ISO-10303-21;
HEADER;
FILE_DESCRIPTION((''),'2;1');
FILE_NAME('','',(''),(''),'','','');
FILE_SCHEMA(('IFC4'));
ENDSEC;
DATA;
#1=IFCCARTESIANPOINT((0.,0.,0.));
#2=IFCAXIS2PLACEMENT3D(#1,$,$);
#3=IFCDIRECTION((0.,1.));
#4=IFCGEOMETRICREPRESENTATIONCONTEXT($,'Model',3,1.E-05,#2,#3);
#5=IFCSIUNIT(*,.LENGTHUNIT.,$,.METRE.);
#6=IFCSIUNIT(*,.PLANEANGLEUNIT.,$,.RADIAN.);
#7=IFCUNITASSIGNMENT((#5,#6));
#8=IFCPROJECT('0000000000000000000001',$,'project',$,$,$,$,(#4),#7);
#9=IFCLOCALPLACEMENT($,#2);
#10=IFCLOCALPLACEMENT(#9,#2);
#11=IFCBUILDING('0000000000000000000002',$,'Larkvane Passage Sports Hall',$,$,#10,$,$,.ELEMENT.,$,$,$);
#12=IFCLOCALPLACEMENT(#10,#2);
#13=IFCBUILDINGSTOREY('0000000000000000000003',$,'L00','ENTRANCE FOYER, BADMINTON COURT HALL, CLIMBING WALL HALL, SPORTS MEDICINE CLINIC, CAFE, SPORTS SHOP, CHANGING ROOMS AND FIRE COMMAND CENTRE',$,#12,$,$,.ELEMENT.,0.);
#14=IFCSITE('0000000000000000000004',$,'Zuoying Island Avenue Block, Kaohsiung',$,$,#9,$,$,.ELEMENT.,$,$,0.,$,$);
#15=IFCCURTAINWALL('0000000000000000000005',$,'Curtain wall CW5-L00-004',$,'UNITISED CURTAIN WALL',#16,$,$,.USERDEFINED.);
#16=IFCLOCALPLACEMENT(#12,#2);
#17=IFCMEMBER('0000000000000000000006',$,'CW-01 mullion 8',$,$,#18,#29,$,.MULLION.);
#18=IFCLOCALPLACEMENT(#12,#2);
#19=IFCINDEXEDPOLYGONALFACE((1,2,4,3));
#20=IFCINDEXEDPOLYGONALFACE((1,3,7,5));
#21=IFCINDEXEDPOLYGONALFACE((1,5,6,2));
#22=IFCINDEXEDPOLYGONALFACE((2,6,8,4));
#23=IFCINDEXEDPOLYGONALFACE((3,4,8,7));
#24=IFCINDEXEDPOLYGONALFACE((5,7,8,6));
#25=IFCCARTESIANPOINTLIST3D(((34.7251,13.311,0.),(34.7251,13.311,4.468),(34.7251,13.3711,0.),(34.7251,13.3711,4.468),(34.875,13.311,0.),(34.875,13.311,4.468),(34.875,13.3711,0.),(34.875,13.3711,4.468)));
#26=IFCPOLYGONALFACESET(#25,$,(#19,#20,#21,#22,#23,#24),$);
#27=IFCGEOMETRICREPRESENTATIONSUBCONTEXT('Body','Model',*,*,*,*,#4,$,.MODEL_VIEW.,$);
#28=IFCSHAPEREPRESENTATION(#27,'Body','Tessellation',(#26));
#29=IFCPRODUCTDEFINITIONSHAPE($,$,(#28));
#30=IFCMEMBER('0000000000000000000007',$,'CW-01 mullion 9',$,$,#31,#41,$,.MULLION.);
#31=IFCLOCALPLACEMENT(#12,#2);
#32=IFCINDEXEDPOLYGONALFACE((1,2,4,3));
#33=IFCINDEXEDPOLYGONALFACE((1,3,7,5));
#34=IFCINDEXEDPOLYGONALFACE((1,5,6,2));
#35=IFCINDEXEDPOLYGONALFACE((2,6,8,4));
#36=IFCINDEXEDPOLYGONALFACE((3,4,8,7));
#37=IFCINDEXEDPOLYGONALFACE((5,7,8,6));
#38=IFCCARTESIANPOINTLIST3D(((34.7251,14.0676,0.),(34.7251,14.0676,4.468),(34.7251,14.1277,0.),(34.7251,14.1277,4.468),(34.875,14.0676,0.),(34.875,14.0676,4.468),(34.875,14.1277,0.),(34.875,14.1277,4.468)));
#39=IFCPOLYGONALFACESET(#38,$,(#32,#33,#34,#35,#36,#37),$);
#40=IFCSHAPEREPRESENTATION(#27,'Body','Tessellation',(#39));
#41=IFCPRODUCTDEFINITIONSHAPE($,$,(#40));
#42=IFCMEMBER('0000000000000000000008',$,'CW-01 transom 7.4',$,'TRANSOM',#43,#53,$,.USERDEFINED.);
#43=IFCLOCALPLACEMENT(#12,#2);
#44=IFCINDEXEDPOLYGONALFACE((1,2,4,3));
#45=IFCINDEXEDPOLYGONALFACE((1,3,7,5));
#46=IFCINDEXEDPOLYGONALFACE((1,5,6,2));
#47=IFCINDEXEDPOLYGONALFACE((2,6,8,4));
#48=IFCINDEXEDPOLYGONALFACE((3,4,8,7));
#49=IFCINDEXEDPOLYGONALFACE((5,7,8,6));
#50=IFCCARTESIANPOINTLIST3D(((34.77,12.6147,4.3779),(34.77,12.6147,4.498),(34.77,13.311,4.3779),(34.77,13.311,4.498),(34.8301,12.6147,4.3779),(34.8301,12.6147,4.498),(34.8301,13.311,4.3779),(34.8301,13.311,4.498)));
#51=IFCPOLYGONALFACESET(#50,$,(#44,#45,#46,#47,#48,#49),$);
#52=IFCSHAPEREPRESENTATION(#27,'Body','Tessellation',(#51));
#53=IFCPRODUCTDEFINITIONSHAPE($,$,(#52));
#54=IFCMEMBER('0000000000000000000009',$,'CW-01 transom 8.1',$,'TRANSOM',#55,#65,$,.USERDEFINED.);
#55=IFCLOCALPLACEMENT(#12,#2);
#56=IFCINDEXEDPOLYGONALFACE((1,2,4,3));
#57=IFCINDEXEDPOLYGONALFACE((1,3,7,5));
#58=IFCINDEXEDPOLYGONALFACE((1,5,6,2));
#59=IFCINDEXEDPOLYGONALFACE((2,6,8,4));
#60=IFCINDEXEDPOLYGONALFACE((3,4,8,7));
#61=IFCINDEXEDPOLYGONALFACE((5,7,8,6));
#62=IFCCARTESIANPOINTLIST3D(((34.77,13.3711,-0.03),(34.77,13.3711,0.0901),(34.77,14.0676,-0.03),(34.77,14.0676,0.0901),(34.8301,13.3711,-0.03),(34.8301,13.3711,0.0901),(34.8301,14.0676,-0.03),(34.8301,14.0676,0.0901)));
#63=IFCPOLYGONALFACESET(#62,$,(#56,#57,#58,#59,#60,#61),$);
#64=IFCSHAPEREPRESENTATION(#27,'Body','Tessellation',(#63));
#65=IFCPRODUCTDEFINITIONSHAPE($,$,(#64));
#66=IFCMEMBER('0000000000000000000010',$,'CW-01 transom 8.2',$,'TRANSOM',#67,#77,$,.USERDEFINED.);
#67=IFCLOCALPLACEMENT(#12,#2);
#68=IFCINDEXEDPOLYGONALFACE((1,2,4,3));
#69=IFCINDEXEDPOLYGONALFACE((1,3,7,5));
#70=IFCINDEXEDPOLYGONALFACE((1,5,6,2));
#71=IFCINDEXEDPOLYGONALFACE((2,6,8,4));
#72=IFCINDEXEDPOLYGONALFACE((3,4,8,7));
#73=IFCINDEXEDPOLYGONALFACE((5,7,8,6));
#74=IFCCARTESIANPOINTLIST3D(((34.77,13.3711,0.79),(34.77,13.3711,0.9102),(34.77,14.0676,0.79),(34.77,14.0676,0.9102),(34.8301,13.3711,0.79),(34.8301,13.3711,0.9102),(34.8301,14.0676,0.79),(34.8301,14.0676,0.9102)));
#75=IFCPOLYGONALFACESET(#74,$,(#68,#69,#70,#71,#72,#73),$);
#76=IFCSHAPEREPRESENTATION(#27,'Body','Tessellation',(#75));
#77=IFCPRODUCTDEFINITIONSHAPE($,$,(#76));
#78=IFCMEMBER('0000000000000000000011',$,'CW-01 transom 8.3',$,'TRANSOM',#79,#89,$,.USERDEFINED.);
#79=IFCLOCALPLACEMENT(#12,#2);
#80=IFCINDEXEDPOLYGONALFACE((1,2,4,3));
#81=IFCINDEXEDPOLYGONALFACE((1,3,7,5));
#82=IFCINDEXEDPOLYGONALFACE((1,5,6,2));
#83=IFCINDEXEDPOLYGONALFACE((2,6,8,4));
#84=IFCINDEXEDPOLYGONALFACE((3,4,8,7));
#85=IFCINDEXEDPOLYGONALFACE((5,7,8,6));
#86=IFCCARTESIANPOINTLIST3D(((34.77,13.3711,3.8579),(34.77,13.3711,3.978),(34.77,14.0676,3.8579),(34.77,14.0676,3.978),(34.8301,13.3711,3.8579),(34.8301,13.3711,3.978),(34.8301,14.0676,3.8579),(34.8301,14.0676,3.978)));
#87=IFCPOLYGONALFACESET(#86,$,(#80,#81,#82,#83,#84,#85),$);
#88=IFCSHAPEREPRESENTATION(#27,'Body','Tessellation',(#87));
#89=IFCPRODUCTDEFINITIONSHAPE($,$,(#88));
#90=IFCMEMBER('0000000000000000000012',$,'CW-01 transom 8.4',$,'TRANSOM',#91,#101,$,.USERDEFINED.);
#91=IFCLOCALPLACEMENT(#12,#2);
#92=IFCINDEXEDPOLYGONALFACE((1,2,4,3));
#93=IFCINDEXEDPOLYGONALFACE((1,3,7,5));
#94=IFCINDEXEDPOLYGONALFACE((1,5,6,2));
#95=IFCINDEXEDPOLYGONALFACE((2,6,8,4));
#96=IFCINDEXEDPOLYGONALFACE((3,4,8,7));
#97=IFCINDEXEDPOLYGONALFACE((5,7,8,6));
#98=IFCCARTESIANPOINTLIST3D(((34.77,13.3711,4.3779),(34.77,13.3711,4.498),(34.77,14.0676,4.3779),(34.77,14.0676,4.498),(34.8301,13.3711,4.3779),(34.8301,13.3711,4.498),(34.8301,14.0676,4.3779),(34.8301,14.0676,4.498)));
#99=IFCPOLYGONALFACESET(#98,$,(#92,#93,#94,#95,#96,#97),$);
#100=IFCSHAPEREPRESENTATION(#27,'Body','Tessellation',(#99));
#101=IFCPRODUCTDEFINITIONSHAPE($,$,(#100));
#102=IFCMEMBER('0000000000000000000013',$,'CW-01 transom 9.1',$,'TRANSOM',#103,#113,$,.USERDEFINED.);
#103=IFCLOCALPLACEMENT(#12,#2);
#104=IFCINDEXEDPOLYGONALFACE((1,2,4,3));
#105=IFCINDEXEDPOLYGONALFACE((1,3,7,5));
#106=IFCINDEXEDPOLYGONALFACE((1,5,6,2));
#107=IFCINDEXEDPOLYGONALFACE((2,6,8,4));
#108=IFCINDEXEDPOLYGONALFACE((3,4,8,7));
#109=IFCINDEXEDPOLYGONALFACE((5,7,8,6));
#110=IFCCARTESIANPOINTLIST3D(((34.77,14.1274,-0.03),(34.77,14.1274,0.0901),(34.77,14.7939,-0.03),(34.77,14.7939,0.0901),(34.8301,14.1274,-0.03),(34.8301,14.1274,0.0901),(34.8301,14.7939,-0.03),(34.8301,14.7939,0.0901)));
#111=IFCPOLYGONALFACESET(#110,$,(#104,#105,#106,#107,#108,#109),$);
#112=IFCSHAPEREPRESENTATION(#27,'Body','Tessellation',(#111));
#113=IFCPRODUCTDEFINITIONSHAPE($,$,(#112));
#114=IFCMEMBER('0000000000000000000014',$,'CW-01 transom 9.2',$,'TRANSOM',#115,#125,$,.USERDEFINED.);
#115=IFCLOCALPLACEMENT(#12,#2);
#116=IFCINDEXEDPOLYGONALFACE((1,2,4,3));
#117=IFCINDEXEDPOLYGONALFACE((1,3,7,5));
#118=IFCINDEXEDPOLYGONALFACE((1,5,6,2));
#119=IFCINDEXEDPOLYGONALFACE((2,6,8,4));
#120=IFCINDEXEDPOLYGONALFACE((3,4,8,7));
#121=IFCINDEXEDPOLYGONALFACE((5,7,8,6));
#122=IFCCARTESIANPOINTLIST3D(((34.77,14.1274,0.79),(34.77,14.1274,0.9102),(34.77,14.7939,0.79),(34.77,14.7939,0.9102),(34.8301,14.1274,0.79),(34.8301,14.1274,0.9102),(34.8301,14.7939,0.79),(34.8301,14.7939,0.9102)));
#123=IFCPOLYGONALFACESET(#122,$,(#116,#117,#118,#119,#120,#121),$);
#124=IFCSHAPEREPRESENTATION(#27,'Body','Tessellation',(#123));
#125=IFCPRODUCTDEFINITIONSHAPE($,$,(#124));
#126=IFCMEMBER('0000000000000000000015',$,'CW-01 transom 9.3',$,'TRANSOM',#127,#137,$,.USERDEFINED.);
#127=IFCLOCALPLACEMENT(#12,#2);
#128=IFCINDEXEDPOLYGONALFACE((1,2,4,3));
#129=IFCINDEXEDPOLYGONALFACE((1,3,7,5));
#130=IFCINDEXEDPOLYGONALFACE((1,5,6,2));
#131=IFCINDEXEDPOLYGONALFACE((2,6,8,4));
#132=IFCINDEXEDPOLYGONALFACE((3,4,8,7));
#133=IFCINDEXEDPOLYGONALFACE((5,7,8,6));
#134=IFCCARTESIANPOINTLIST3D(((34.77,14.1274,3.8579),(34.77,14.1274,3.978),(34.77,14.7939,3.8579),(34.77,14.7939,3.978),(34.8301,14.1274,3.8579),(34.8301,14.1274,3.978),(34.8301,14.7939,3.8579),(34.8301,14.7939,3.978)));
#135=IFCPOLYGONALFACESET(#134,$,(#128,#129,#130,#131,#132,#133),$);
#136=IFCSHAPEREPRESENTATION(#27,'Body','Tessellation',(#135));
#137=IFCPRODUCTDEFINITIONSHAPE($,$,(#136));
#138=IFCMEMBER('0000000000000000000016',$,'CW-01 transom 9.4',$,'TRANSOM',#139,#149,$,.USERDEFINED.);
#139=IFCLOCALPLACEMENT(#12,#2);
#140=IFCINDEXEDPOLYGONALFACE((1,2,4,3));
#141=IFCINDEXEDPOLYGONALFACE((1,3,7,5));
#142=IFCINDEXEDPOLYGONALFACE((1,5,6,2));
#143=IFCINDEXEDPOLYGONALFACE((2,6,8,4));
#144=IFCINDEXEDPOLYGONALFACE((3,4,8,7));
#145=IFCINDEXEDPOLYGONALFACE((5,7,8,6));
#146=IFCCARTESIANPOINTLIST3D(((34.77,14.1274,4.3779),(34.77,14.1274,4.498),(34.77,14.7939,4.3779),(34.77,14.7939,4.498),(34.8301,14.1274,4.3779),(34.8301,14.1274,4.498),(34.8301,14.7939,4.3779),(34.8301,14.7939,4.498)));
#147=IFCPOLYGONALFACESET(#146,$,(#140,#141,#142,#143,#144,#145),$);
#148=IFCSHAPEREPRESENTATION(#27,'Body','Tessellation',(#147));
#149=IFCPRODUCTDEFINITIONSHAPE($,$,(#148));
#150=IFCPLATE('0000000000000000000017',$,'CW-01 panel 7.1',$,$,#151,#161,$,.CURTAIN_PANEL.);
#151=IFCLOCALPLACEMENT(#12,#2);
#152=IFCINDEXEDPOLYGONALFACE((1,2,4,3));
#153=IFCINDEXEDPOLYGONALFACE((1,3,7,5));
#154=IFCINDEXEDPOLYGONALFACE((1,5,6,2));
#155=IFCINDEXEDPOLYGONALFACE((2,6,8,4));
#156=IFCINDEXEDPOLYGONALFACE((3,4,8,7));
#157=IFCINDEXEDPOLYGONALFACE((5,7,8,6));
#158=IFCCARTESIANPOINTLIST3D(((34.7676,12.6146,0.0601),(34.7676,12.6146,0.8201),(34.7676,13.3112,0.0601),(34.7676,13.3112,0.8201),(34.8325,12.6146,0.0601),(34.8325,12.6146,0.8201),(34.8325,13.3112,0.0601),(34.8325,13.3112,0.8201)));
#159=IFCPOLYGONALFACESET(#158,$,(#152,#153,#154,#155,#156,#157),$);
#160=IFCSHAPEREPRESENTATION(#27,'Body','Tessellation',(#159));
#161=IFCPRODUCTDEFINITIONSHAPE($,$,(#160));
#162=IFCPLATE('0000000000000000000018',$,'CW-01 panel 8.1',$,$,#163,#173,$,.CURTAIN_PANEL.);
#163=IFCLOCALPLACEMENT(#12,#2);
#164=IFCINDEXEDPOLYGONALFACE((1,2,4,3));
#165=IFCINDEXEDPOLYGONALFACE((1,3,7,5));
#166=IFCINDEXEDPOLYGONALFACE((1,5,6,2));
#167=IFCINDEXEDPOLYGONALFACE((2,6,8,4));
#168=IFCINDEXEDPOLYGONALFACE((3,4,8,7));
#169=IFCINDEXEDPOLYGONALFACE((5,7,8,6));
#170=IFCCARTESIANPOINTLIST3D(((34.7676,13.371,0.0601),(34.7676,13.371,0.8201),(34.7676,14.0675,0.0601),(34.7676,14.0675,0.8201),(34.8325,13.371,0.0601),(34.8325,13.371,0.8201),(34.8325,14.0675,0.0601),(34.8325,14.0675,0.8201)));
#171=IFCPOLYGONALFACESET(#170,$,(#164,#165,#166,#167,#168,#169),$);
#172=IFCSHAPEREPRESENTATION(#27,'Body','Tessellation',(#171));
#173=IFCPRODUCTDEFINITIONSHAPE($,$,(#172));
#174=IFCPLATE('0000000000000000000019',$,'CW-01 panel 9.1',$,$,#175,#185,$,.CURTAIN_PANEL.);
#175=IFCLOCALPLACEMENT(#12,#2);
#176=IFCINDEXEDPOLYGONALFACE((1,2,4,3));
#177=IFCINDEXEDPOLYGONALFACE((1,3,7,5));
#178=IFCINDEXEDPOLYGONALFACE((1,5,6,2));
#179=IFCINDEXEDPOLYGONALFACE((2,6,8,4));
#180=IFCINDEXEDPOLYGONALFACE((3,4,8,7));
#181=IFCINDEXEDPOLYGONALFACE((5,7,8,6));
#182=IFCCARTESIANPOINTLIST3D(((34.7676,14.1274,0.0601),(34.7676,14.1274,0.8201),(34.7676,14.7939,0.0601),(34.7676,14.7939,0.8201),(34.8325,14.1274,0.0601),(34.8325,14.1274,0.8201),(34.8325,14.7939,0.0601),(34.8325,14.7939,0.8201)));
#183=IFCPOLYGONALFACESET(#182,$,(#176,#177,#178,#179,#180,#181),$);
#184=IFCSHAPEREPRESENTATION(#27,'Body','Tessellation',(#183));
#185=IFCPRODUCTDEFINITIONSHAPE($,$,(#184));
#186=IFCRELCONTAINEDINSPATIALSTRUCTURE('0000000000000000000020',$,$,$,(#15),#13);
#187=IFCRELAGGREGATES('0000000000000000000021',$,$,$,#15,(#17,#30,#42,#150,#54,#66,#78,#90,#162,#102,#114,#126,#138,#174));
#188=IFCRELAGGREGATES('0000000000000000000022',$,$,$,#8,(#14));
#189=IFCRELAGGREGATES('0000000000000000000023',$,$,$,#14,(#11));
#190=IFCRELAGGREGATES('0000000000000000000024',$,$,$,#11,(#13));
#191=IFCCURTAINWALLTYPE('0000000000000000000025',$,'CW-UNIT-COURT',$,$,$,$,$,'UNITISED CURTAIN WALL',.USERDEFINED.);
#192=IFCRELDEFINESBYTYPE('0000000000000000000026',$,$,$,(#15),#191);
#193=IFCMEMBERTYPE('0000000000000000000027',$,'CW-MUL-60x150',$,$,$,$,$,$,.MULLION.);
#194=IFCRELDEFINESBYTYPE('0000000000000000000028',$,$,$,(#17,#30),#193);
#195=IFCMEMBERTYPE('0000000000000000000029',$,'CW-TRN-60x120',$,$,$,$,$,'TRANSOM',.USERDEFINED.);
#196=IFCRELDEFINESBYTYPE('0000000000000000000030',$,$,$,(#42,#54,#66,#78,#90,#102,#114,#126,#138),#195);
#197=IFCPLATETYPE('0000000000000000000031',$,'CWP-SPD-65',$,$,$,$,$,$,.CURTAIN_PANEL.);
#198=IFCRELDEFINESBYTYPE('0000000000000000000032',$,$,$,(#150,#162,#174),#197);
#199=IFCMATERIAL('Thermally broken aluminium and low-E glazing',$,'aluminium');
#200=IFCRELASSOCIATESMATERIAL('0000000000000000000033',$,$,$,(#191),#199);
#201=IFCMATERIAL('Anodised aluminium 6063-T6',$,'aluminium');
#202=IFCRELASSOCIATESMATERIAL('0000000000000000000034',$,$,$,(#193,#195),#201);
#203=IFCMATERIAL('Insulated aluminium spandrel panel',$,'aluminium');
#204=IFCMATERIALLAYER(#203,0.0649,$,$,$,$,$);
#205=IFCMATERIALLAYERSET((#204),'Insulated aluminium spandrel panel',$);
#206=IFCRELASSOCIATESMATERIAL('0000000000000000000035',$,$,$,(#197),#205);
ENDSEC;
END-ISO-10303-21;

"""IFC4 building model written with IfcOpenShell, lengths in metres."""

from ifc_helpers import new_model, si_unit, direction, frame, origin, origin_2d, place, context, subcontext, project, spatial, rectangle, extrude, material, layer, layer_set, material_profile, profile_set, type_object, element, aggregate, save


model = new_model("IFC4")

# Units and contexts
model_context = context("Model", 3, precision=1e-05, world=origin(), true_north=direction((0.0, 1.0)))
body_context = subcontext(model_context, "Body", "Model", "MODEL_VIEW")
ifc_project = project(units=[si_unit("LENGTHUNIT", "METRE"), si_unit("PLANEANGLEUNIT", "RADIAN")], contexts=[model_context])

# Site, building, storey
site_placement = place(None, origin())
site = spatial("IfcSite", under=ifc_project, at=site_placement, Name="Zuoying Island Avenue Block, Kaohsiung", CompositionType="ELEMENT", RefElevation=0.0)
building_placement = place(site_placement, origin())
building = spatial("IfcBuilding", under=site, at=building_placement, Name="Larkvane Passage Sports Hall", CompositionType="ELEMENT")
storey_placement = place(building_placement, origin())
storey = spatial("IfcBuildingStorey", under=building, at=storey_placement, Name="L00", Description="ENTRANCE FOYER, BADMINTON COURT HALL, CLIMBING WALL HALL, SPORTS MEDICINE CLINIC, CAFE, SPORTS SHOP, CHANGING ROOMS AND FIRE COMMAND CENTRE", CompositionType="ELEMENT", Elevation=0.0)

# Curtain wall, members, plates
ifc_material_1 = material(Name="Thermally broken aluminium and low-E glazing", Category="aluminium")
curtain_wall_type = type_object("IfcCurtainWallType", Name="CW-UNIT-COURT", ElementType="UNITISED CURTAIN WALL", PredefinedType="USERDEFINED", material=ifc_material_1)
curtain_wall_placement = place(storey_placement, origin())
curtain_wall = element("IfcCurtainWall", 1, at=curtain_wall_placement, inside=storey, type_object=curtain_wall_type, Name="Curtain wall CW5-L00-004", ObjectType="UNITISED CURTAIN WALL", PredefinedType="USERDEFINED")
ifc_material_2 = material(Name="Anodised aluminium 6063-T6", Category="aluminium")
ifc_material_profile_1 = material_profile(ifc_material_2, rectangle(XDim=0.0601, YDim=0.1499, at=origin_2d()), Name="ALU-MUL-60x150")
ifc_profile_set_1 = profile_set([ifc_material_profile_1], Name="Anodised aluminium 6063-T6")
member_type_1 = type_object("IfcMemberType", Name="CW-MUL-60x150", PredefinedType="MULLION", material=ifc_profile_set_1)
member_1_placement = place(storey_placement, frame((34.8, 13.3411, 0.0), z_axis=(0.0, 0.0, 1.0), x_axis=(0.0, 1.0, 0.0)))
member_1 = element("IfcMember", 2, at=member_1_placement, type_object=member_type_1, Name="CW-01 mullion 8", PredefinedType="MULLION", context=body_context, shape_type="SweptSolid", body=[
    extrude(rectangle(XDim=0.0601, YDim=0.1499, at=origin_2d()), origin(), (0.0, 0.0, 1.0), 4.468),
])
member_2_placement = place(storey_placement, frame((34.8, 14.0977, 0.0), z_axis=(0.0, 0.0, 1.0), x_axis=(0.0, 1.0, 0.0)))
member_2 = element("IfcMember", 3, at=member_2_placement, type_object=member_type_1, Name="CW-01 mullion 9", PredefinedType="MULLION", context=body_context, shape_type="SweptSolid", body=[
    extrude(rectangle(XDim=0.0601, YDim=0.1499, at=origin_2d()), origin(), (0.0, 0.0, 1.0), 4.468),
])
ifc_material_profile_2 = material_profile(ifc_material_2, rectangle(XDim=0.0601, YDim=0.1201, at=origin_2d()), Name="ALU-TRN-60x120")
ifc_profile_set_2 = profile_set([ifc_material_profile_2], Name="Anodised aluminium 6063-T6")
member_type_2 = type_object("IfcMemberType", Name="CW-TRN-60x120", ElementType="TRANSOM", PredefinedType="USERDEFINED", material=ifc_profile_set_2)
member_3_placement = place(storey_placement, frame((34.8, 12.6147, 4.438), z_axis=(0.0, 1.0, 0.0), x_axis=(-1.0, 0.0, 0.0)))
member_3 = element("IfcMember", 4, at=member_3_placement, type_object=member_type_2, Name="CW-01 transom 7.4", ObjectType="TRANSOM", PredefinedType="USERDEFINED", context=body_context, shape_type="SweptSolid", body=[
    extrude(rectangle(XDim=0.0601, YDim=0.1201, at=origin_2d()), origin(), (0.0, 0.0, 1.0), 0.6963),
])
member_4_placement = place(storey_placement, frame((34.8, 13.3711, 0.03), z_axis=(0.0, 1.0, 0.0), x_axis=(-1.0, 0.0, 0.0)))
member_4 = element("IfcMember", 5, at=member_4_placement, type_object=member_type_2, Name="CW-01 transom 8.1", ObjectType="TRANSOM", PredefinedType="USERDEFINED", context=body_context, shape_type="SweptSolid", body=[
    extrude(rectangle(XDim=0.0601, YDim=0.1201, at=origin_2d()), origin(), (0.0, 0.0, 1.0), 0.6965),
])
member_5_placement = place(storey_placement, frame((34.8, 13.3711, 0.8501), z_axis=(0.0, 1.0, 0.0), x_axis=(-1.0, 0.0, 0.0)))
member_5 = element("IfcMember", 6, at=member_5_placement, type_object=member_type_2, Name="CW-01 transom 8.2", ObjectType="TRANSOM", PredefinedType="USERDEFINED", context=body_context, shape_type="SweptSolid", body=[
    extrude(rectangle(XDim=0.0601, YDim=0.1201, at=origin_2d()), origin(), (0.0, 0.0, 1.0), 0.6965),
])
member_6_placement = place(storey_placement, frame((34.8, 13.3711, 3.918), z_axis=(0.0, 1.0, 0.0), x_axis=(-1.0, 0.0, 0.0)))
member_6 = element("IfcMember", 7, at=member_6_placement, type_object=member_type_2, Name="CW-01 transom 8.3", ObjectType="TRANSOM", PredefinedType="USERDEFINED", context=body_context, shape_type="SweptSolid", body=[
    extrude(rectangle(XDim=0.0601, YDim=0.1201, at=origin_2d()), origin(), (0.0, 0.0, 1.0), 0.6965),
])
member_7_placement = place(storey_placement, frame((34.8, 13.3711, 4.438), z_axis=(0.0, 1.0, 0.0), x_axis=(-1.0, 0.0, 0.0)))
member_7 = element("IfcMember", 8, at=member_7_placement, type_object=member_type_2, Name="CW-01 transom 8.4", ObjectType="TRANSOM", PredefinedType="USERDEFINED", context=body_context, shape_type="SweptSolid", body=[
    extrude(rectangle(XDim=0.0601, YDim=0.1201, at=origin_2d()), origin(), (0.0, 0.0, 1.0), 0.6965),
])
member_8_placement = place(storey_placement, frame((34.8, 14.1274, 0.03), z_axis=(0.0, 1.0, 0.0), x_axis=(-1.0, 0.0, 0.0)))
member_8 = element("IfcMember", 9, at=member_8_placement, type_object=member_type_2, Name="CW-01 transom 9.1", ObjectType="TRANSOM", PredefinedType="USERDEFINED", context=body_context, shape_type="SweptSolid", body=[
    extrude(rectangle(XDim=0.0601, YDim=0.1201, at=origin_2d()), origin(), (0.0, 0.0, 1.0), 0.6665),
])
member_9_placement = place(storey_placement, frame((34.8, 14.1274, 0.8501), z_axis=(0.0, 1.0, 0.0), x_axis=(-1.0, 0.0, 0.0)))
member_9 = element("IfcMember", 10, at=member_9_placement, type_object=member_type_2, Name="CW-01 transom 9.2", ObjectType="TRANSOM", PredefinedType="USERDEFINED", context=body_context, shape_type="SweptSolid", body=[
    extrude(rectangle(XDim=0.0601, YDim=0.1201, at=origin_2d()), origin(), (0.0, 0.0, 1.0), 0.6665),
])
member_10_placement = place(storey_placement, frame((34.8, 14.1274, 3.918), z_axis=(0.0, 1.0, 0.0), x_axis=(-1.0, 0.0, 0.0)))
member_10 = element("IfcMember", 11, at=member_10_placement, type_object=member_type_2, Name="CW-01 transom 9.3", ObjectType="TRANSOM", PredefinedType="USERDEFINED", context=body_context, shape_type="SweptSolid", body=[
    extrude(rectangle(XDim=0.0601, YDim=0.1201, at=origin_2d()), origin(), (0.0, 0.0, 1.0), 0.6665),
])
member_11_placement = place(storey_placement, frame((34.8, 14.1274, 4.438), z_axis=(0.0, 1.0, 0.0), x_axis=(-1.0, 0.0, 0.0)))
member_11 = element("IfcMember", 12, at=member_11_placement, type_object=member_type_2, Name="CW-01 transom 9.4", ObjectType="TRANSOM", PredefinedType="USERDEFINED", context=body_context, shape_type="SweptSolid", body=[
    extrude(rectangle(XDim=0.0601, YDim=0.1201, at=origin_2d()), origin(), (0.0, 0.0, 1.0), 0.6665),
])
ifc_material_3 = material(Name="Insulated aluminium spandrel panel", Category="aluminium")
ifc_layer_1 = layer(ifc_material_3, 0.0649)
ifc_layer_set_1 = layer_set([ifc_layer_1], Name="Insulated aluminium spandrel panel")
plate_type_1 = type_object("IfcPlateType", Name="CWP-SPD-65", PredefinedType="CURTAIN_PANEL", material=ifc_layer_set_1)
plate_1_placement = place(storey_placement, frame((34.8, 12.9629, 0.0601), z_axis=(0.0, 0.0, 1.0), x_axis=(0.0, 1.0, 0.0)))
plate_1 = element("IfcPlate", 13, at=plate_1_placement, type_object=plate_type_1, Name="CW-01 panel 7.1", PredefinedType="CURTAIN_PANEL", context=body_context, shape_type="SweptSolid", body=[
    extrude(rectangle(XDim=0.6965, YDim=0.0649, at=origin_2d()), origin(), (0.0, 0.0, 1.0), 0.76),
])
plate_2_placement = place(storey_placement, frame((34.8, 13.7192, 0.0601), z_axis=(0.0, 0.0, 1.0), x_axis=(0.0, 1.0, 0.0)))
plate_2 = element("IfcPlate", 14, at=plate_2_placement, type_object=plate_type_1, Name="CW-01 panel 8.1", PredefinedType="CURTAIN_PANEL", context=body_context, shape_type="SweptSolid", body=[
    extrude(rectangle(XDim=0.6965, YDim=0.0649, at=origin_2d()), origin(), (0.0, 0.0, 1.0), 0.76),
])
plate_3_placement = place(storey_placement, frame((34.8, 14.4607, 0.0601), z_axis=(0.0, 0.0, 1.0), x_axis=(0.0, 1.0, 0.0)))
plate_3 = element("IfcPlate", 15, at=plate_3_placement, type_object=plate_type_1, Name="CW-01 panel 9.1", PredefinedType="CURTAIN_PANEL", context=body_context, shape_type="SweptSolid", body=[
    extrude(rectangle(XDim=0.6665, YDim=0.0649, at=origin_2d()), origin(), (0.0, 0.0, 1.0), 0.76),
])
aggregate(curtain_wall, [member_1, member_2, member_3, plate_1, member_4, member_5, member_6, member_7, plate_2, member_8, member_9, member_10, member_11, plate_3])

save(model, "model.ifc")
